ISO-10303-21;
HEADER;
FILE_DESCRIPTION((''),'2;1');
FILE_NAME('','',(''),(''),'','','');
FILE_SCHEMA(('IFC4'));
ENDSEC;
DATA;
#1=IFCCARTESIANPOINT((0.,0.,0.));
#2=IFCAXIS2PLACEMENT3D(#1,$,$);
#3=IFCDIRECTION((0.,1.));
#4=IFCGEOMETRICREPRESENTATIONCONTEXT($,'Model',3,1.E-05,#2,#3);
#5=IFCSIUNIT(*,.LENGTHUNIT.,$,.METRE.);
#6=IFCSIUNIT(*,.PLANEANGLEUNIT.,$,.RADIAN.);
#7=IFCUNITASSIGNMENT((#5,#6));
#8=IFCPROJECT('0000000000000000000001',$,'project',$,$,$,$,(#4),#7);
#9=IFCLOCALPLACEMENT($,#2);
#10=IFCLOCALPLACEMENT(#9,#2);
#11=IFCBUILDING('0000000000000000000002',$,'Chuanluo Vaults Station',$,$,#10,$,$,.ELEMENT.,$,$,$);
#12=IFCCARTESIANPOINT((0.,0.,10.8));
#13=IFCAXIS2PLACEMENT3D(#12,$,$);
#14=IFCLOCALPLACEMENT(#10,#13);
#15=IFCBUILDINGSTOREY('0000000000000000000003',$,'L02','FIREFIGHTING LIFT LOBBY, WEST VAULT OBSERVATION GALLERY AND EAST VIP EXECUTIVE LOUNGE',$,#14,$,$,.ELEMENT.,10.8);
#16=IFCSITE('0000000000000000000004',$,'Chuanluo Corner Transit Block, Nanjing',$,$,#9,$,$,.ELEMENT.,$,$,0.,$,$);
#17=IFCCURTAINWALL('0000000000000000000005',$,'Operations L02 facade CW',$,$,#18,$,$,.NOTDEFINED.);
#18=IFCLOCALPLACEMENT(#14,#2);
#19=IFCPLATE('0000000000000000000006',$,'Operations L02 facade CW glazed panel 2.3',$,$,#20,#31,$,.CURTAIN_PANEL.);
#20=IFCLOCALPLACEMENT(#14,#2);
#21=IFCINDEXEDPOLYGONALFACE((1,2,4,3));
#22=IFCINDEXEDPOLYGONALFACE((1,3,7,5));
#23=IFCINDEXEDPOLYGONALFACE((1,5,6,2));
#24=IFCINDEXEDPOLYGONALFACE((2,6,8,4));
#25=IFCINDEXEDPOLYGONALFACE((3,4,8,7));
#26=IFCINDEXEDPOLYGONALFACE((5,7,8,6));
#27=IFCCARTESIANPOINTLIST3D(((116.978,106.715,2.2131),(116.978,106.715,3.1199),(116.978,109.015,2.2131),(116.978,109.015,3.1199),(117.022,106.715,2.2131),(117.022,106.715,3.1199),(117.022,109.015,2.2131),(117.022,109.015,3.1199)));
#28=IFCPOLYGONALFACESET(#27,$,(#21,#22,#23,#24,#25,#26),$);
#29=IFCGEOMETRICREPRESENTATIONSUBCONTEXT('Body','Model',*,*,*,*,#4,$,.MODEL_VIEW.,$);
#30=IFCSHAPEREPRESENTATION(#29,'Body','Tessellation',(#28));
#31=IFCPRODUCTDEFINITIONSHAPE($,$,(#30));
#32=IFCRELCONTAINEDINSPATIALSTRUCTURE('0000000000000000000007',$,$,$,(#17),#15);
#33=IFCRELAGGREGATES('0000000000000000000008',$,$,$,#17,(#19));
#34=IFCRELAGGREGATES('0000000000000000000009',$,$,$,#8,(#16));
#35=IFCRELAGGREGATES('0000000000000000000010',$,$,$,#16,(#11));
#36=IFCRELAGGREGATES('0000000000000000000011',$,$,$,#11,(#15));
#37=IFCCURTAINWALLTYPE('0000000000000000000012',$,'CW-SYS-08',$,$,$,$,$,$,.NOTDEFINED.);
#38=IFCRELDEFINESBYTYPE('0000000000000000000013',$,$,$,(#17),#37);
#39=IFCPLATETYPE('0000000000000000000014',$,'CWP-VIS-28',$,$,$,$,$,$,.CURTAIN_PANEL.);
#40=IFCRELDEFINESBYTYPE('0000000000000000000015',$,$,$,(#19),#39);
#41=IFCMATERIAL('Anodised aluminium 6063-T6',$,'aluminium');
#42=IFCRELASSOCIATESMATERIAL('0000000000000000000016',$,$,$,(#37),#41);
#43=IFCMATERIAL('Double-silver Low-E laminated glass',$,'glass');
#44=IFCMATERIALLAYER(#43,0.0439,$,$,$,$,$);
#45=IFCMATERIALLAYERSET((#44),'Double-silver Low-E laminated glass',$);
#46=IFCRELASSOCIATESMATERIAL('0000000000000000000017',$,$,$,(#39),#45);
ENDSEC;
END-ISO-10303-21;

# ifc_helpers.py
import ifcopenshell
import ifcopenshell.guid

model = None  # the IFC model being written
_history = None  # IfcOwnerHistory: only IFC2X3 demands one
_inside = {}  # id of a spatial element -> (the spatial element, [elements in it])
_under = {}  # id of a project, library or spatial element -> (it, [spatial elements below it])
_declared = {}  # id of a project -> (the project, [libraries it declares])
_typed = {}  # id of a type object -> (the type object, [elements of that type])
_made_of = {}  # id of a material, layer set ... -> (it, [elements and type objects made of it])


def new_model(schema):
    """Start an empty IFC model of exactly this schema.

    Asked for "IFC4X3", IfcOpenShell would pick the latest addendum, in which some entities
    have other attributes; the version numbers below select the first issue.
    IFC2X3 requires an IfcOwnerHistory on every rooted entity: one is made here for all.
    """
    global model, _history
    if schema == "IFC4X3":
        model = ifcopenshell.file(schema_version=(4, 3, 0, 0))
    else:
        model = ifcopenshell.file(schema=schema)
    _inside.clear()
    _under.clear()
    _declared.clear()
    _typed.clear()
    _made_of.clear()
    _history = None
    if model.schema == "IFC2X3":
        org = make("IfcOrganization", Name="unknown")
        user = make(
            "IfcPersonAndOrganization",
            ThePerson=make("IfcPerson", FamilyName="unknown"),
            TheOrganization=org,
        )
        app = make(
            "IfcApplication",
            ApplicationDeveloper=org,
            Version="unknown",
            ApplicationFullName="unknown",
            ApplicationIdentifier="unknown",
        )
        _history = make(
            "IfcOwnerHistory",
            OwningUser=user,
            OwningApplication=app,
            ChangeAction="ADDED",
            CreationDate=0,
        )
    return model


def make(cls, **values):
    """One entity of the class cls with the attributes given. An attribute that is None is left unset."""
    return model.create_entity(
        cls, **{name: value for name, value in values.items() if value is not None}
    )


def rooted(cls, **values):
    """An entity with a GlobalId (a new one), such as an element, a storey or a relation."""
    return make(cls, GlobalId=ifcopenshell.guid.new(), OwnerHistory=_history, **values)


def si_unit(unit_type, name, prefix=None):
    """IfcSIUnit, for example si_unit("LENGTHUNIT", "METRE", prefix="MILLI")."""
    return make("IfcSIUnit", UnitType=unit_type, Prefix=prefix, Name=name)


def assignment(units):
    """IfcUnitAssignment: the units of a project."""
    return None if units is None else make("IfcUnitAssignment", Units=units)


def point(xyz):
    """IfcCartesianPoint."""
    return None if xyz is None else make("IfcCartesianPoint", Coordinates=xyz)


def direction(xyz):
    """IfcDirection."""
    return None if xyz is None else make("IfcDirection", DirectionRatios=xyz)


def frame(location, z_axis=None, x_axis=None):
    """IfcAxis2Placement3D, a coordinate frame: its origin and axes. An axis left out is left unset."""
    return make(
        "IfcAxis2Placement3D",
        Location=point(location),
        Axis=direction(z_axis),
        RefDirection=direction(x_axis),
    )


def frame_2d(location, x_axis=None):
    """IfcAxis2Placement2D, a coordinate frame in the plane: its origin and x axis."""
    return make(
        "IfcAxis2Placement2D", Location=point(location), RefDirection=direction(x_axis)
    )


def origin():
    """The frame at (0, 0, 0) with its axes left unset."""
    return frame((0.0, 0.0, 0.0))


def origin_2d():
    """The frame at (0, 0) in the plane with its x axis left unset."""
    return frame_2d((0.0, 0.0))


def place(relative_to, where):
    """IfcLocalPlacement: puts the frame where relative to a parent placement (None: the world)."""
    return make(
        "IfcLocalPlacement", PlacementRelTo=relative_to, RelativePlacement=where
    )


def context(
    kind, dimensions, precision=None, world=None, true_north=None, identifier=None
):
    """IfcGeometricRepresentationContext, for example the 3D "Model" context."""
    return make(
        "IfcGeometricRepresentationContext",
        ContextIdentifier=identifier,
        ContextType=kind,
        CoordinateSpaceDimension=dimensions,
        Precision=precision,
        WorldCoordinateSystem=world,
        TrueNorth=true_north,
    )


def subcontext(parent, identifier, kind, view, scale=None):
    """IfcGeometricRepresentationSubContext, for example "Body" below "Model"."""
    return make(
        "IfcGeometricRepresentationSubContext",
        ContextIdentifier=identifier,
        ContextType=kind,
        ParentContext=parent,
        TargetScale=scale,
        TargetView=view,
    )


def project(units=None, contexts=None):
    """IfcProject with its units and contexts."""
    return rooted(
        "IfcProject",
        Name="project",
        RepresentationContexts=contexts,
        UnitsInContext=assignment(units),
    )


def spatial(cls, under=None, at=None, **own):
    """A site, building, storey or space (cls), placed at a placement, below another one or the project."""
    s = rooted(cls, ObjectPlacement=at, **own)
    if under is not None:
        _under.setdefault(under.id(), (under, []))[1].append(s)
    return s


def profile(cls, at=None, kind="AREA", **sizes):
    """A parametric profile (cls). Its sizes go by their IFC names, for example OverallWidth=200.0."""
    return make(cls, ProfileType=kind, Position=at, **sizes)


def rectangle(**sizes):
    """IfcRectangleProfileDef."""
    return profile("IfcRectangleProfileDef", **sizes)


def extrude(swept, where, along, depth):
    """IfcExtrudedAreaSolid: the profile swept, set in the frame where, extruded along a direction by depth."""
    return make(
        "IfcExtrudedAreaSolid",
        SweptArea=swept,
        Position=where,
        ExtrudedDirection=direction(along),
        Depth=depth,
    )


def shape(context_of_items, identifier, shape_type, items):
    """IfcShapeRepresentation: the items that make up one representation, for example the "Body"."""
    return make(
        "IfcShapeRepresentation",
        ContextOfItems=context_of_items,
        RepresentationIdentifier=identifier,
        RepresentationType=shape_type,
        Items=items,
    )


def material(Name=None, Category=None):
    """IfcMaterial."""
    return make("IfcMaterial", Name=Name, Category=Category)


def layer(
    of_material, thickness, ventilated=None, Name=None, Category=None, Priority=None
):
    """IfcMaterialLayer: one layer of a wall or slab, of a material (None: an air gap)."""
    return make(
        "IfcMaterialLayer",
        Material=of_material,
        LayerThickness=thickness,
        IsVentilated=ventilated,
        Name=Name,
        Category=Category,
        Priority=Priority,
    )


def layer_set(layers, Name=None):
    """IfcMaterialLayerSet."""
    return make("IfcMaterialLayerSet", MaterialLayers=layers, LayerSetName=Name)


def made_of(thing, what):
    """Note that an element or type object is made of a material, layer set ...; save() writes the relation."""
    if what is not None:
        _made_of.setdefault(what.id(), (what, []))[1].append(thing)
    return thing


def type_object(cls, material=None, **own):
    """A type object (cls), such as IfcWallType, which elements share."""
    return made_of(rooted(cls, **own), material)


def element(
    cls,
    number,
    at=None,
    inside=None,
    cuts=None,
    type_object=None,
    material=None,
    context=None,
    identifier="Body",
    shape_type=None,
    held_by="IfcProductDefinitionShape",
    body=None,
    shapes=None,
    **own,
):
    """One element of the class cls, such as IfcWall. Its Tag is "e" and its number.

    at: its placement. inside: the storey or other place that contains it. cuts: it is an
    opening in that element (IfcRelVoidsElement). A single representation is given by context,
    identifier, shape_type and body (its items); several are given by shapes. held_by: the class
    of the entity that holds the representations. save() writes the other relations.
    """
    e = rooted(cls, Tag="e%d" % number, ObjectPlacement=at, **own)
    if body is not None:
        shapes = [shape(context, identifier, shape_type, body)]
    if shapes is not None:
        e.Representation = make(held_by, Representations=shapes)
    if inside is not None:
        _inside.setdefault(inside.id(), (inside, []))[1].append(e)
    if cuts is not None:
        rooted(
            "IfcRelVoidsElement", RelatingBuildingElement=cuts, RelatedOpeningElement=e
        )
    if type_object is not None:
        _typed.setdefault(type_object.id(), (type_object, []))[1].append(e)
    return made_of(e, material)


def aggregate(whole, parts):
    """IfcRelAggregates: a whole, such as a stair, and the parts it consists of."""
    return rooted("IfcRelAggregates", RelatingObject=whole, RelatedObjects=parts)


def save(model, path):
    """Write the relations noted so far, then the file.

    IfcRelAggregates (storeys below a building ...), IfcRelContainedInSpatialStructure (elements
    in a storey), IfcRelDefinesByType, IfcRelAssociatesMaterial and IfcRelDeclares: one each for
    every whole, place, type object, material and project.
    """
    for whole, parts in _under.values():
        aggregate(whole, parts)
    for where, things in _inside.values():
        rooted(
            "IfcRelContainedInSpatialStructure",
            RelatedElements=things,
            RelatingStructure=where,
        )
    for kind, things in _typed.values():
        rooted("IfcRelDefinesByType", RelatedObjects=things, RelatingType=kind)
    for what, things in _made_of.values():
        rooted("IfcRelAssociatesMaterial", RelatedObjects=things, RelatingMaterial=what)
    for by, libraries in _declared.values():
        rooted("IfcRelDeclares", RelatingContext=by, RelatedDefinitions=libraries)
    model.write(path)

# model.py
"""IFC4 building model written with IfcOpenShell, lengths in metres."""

from ifc_helpers import new_model, si_unit, direction, frame, origin, origin_2d, place, context, subcontext, project, spatial, rectangle, extrude, material, layer, layer_set, type_object, element, aggregate, save


model = new_model("IFC4")

# Units and contexts
model_context = context("Model", 3, precision=1e-05, world=origin(), true_north=direction((0.0, 1.0)))
body_context = subcontext(model_context, "Body", "Model", "MODEL_VIEW")
ifc_project = project(units=[si_unit("LENGTHUNIT", "METRE"), si_unit("PLANEANGLEUNIT", "RADIAN")], contexts=[model_context])

# Site, building, storey
site_placement = place(None, origin())
site = spatial("IfcSite", under=ifc_project, at=site_placement, Name="Chuanluo Corner Transit Block, Nanjing", CompositionType="ELEMENT", RefElevation=0.0)
building_placement = place(site_placement, origin())
building = spatial("IfcBuilding", under=site, at=building_placement, Name="Chuanluo Vaults Station", CompositionType="ELEMENT")
storey_placement = place(building_placement, frame((0.0, 0.0, 10.8)))
storey = spatial("IfcBuildingStorey", under=building, at=storey_placement, Name="L02", Description="FIREFIGHTING LIFT LOBBY, WEST VAULT OBSERVATION GALLERY AND EAST VIP EXECUTIVE LOUNGE", CompositionType="ELEMENT", Elevation=10.8)

# Curtain wall, plate
ifc_material_1 = material(Name="Anodised aluminium 6063-T6", Category="aluminium")
curtain_wall_type = type_object("IfcCurtainWallType", Name="CW-SYS-08", PredefinedType="NOTDEFINED", material=ifc_material_1)
curtain_wall_placement = place(storey_placement, origin())
curtain_wall = element("IfcCurtainWall", 1, at=curtain_wall_placement, inside=storey, type_object=curtain_wall_type, Name="Operations L02 facade CW", PredefinedType="NOTDEFINED")
ifc_material_2 = material(Name="Double-silver Low-E laminated glass", Category="glass")
ifc_layer_1 = layer(ifc_material_2, 0.0439)
ifc_layer_set_1 = layer_set([ifc_layer_1], Name="Double-silver Low-E laminated glass")
plate_type_1 = type_object("IfcPlateType", Name="CWP-VIS-28", PredefinedType="CURTAIN_PANEL", material=ifc_layer_set_1)
plate_1_placement = place(storey_placement, frame((117.0, 107.865, 2.2131), z_axis=(0.0, 0.0, 1.0), x_axis=(0.0, 1.0, 0.0)))
plate_1 = element("IfcPlate", 2, at=plate_1_placement, type_object=plate_type_1, Name="Operations L02 facade CW glazed panel 2.3", PredefinedType="CURTAIN_PANEL", context=body_context, shape_type="SweptSolid", body=[
    extrude(rectangle(XDim=2.3, YDim=0.0439, at=origin_2d()), origin(), (0.0, 0.0, 1.0), 0.9067),
])
aggregate(curtain_wall, [plate_1])

save(model, "model.ifc")
